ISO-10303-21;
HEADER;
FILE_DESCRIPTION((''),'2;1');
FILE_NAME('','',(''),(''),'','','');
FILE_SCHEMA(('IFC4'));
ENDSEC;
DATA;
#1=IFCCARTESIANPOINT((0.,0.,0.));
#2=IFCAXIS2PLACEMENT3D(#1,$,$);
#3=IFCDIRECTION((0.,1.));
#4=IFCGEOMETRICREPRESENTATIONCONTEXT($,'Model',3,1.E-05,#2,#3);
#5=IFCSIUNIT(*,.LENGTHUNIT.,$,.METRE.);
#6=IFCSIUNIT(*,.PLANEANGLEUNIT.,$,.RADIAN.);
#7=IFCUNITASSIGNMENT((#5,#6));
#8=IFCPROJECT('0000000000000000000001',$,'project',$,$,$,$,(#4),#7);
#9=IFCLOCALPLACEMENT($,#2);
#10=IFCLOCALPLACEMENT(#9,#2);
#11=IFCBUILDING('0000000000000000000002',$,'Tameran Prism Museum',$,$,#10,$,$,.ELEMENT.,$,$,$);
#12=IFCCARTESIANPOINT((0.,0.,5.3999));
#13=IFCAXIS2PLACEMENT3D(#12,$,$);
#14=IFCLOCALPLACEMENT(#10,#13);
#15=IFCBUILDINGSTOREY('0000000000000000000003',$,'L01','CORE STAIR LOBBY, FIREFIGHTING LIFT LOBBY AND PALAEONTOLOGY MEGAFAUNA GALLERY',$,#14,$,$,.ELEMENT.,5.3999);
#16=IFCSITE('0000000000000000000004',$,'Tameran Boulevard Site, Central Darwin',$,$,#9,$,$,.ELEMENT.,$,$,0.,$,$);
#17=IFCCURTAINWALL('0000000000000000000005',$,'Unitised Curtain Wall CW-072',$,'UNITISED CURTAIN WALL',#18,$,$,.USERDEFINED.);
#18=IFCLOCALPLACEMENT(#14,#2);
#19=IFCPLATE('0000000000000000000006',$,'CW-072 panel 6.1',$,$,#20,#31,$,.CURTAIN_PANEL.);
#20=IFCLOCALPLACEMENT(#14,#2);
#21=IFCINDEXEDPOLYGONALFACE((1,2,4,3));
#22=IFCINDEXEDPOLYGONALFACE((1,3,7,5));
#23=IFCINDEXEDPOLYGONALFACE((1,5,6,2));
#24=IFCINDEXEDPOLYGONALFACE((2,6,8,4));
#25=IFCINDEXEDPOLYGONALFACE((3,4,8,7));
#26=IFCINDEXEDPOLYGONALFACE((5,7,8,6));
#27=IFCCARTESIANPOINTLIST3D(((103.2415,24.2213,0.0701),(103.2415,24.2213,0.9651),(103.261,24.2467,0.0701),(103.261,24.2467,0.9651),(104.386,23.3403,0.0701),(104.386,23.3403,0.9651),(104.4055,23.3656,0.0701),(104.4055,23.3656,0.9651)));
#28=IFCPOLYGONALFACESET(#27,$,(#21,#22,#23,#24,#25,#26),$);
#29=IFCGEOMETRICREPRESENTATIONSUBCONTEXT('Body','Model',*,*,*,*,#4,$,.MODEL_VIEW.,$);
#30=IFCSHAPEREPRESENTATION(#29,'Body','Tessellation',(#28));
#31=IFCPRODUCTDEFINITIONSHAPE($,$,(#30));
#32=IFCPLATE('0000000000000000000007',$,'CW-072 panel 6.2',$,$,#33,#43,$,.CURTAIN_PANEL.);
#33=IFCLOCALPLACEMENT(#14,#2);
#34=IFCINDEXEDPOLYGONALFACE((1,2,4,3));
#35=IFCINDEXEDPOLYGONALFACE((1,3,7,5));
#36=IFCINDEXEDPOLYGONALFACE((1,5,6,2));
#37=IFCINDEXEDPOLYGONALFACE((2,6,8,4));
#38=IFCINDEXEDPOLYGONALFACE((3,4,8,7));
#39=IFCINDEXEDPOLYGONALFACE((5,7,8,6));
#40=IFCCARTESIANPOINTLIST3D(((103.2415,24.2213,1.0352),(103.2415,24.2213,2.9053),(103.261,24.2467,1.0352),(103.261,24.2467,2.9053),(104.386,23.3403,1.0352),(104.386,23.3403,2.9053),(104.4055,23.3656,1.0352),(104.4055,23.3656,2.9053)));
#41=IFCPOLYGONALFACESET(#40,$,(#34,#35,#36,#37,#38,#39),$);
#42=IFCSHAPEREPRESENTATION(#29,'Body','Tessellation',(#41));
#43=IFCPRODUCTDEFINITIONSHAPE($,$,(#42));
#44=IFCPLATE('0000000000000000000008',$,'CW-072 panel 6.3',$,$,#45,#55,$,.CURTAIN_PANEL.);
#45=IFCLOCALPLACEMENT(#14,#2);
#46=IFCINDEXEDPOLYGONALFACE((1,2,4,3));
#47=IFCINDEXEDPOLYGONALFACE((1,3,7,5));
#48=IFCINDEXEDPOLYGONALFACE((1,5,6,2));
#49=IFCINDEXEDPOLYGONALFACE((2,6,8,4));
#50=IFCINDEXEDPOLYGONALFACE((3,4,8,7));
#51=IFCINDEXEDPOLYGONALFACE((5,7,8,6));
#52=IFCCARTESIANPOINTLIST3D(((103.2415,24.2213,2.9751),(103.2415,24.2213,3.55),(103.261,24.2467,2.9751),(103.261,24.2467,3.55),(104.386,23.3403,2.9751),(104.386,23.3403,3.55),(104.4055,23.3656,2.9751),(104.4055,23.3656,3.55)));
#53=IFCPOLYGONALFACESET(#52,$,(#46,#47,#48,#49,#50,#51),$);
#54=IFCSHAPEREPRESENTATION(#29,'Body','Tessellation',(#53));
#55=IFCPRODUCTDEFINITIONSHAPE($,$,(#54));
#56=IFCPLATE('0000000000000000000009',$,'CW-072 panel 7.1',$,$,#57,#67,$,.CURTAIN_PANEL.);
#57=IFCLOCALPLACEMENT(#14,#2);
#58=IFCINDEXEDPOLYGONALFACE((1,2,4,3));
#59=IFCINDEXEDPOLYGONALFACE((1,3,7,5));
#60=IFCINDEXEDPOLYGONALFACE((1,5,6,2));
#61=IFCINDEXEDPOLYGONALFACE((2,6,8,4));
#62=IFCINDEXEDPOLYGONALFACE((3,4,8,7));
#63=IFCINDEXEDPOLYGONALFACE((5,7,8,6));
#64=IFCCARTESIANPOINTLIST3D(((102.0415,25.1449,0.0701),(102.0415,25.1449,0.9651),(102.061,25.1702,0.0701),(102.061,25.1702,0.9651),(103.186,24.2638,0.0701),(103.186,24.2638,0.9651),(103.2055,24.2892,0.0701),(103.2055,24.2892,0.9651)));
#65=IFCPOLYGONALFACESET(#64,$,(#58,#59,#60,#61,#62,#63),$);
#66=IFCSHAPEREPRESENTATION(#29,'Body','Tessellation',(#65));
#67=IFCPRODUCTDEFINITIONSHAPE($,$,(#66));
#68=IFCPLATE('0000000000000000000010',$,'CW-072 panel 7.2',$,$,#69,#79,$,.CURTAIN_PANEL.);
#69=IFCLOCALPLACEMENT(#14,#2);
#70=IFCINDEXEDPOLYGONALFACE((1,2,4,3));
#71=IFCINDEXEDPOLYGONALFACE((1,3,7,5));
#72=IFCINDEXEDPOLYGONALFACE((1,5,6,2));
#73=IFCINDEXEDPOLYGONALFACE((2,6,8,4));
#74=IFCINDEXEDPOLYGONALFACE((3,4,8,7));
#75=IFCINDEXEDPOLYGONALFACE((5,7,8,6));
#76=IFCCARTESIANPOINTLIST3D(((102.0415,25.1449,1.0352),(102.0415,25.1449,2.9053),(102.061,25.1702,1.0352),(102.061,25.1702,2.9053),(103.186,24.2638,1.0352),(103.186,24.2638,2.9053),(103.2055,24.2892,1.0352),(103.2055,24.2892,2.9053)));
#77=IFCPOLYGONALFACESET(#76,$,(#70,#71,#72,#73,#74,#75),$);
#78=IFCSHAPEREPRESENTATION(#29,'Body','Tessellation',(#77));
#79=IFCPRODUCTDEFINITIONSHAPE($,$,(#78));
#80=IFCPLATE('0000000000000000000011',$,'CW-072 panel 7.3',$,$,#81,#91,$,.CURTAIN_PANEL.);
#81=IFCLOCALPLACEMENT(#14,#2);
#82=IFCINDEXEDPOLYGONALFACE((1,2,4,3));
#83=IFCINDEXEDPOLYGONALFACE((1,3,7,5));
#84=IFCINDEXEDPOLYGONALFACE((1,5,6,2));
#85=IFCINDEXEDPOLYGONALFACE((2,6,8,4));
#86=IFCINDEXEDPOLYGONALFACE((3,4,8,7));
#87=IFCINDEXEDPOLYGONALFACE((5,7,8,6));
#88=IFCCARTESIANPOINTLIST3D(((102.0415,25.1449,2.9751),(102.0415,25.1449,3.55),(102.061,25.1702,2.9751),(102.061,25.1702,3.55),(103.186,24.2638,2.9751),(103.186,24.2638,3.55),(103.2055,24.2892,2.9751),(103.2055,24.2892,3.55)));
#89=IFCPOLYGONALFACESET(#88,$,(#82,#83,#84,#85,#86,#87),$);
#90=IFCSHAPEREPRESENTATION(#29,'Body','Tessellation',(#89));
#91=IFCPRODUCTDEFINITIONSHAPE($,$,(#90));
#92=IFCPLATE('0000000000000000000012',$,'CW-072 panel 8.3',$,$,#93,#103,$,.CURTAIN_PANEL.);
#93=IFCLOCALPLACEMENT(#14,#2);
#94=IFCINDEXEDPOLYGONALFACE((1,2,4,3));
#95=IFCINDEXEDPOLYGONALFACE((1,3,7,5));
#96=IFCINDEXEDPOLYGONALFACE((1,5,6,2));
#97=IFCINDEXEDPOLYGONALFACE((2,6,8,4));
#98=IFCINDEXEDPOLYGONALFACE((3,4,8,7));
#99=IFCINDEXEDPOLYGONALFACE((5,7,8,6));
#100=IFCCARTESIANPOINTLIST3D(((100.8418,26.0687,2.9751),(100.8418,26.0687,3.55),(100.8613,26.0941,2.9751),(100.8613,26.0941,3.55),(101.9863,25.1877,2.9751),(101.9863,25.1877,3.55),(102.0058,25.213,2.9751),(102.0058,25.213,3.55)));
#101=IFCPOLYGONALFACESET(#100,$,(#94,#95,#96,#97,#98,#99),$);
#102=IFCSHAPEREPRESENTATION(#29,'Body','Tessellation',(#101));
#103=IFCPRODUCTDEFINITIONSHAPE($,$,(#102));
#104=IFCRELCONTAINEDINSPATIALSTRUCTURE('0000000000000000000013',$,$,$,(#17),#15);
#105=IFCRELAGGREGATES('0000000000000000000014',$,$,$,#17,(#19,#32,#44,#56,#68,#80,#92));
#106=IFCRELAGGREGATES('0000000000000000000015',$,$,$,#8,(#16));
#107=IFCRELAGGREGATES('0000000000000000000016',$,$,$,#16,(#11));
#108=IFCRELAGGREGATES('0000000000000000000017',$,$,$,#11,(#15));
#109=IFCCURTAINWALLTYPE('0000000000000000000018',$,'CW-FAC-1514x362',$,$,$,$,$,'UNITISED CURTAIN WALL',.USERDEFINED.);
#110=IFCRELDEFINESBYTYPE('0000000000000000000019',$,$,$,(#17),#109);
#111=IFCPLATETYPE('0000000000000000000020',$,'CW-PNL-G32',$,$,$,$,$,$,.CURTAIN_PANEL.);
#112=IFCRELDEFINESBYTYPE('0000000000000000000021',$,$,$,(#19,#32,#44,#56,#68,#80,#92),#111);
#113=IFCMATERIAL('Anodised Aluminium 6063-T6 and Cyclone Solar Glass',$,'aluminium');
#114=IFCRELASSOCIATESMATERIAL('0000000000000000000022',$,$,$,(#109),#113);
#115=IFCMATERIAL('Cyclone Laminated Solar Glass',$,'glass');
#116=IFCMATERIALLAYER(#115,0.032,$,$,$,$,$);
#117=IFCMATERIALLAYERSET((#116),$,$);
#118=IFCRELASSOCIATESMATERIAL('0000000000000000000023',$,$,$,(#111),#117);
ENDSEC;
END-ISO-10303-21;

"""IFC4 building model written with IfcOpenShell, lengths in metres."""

from ifc_helpers import new_model, si_unit, direction, frame, origin, origin_2d, place, context, subcontext, project, spatial, rectangle, extrude, material, layer, layer_set, type_object, element, aggregate, save


model = new_model("IFC4")

# Units and contexts
model_context = context("Model", 3, precision=1e-05, world=origin(), true_north=direction((0.0, 1.0)))
body_context = subcontext(model_context, "Body", "Model", "MODEL_VIEW")
ifc_project = project(units=[si_unit("LENGTHUNIT", "METRE"), si_unit("PLANEANGLEUNIT", "RADIAN")], contexts=[model_context])

# Site, building, storey
site_placement = place(None, origin())
site = spatial("IfcSite", under=ifc_project, at=site_placement, Name="Tameran Boulevard Site, Central Darwin", CompositionType="ELEMENT", RefElevation=0.0)
building_placement = place(site_placement, origin())
building = spatial("IfcBuilding", under=site, at=building_placement, Name="Tameran Prism Museum", CompositionType="ELEMENT")
storey_placement = place(building_placement, frame((0.0, 0.0, 5.3999)))
storey = spatial("IfcBuildingStorey", under=building, at=storey_placement, Name="L01", Description="CORE STAIR LOBBY, FIREFIGHTING LIFT LOBBY AND PALAEONTOLOGY MEGAFAUNA GALLERY", CompositionType="ELEMENT", Elevation=5.3999)

# Curtain wall, plates
ifc_material_1 = material(Name="Anodised Aluminium 6063-T6 and Cyclone Solar Glass", Category="aluminium")
curtain_wall_type = type_object("IfcCurtainWallType", Name="CW-FAC-1514x362", ElementType="UNITISED CURTAIN WALL", PredefinedType="USERDEFINED", material=ifc_material_1)
curtain_wall_placement = place(storey_placement, origin())
curtain_wall = element("IfcCurtainWall", 1, at=curtain_wall_placement, inside=storey, type_object=curtain_wall_type, Name="Unitised Curtain Wall CW-072", ObjectType="UNITISED CURTAIN WALL", PredefinedType="USERDEFINED")
ifc_material_2 = material(Name="Cyclone Laminated Solar Glass", Category="glass")
ifc_layer = layer(ifc_material_2, 0.032)
ifc_layer_set = layer_set([ifc_layer])
plate_type = type_object("IfcPlateType", Name="CW-PNL-G32", PredefinedType="CURTAIN_PANEL", material=ifc_layer_set)
plate_1_placement = place(storey_placement, frame((103.8235, 23.7935, 0.0701), z_axis=(0.0, 0.0, 1.0), x_axis=(-0.792401, 0.610001, 0.0)))
plate_1 = element("IfcPlate", 2, at=plate_1_placement, type_object=plate_type, Name="CW-072 panel 6.1", PredefinedType="CURTAIN_PANEL", context=body_context, shape_type="SweptSolid", body=[
    extrude(rectangle(XDim=1.4443, YDim=0.032, at=origin_2d()), origin(), (0.0, 0.0, 1.0), 0.895),
])
plate_2_placement = place(storey_placement, frame((103.8235, 23.7935, 1.0352), z_axis=(0.0, 0.0, 1.0), x_axis=(-0.792401, 0.610001, 0.0)))
plate_2 = element("IfcPlate", 3, at=plate_2_placement, type_object=plate_type, Name="CW-072 panel 6.2", PredefinedType="CURTAIN_PANEL", context=body_context, shape_type="SweptSolid", body=[
    extrude(rectangle(XDim=1.4443, YDim=0.032, at=origin_2d()), origin(), (0.0, 0.0, 1.0), 1.8701),
])
plate_3_placement = place(storey_placement, frame((103.8235, 23.7935, 2.9751), z_axis=(0.0, 0.0, 1.0), x_axis=(-0.792401, 0.610001, 0.0)))
plate_3 = element("IfcPlate", 4, at=plate_3_placement, type_object=plate_type, Name="CW-072 panel 6.3", PredefinedType="CURTAIN_PANEL", context=body_context, shape_type="SweptSolid", body=[
    extrude(rectangle(XDim=1.4443, YDim=0.032, at=origin_2d()), origin(), (0.0, 0.0, 1.0), 0.575),
])
plate_4_placement = place(storey_placement, frame((102.6235, 24.717, 0.0701), z_axis=(0.0, 0.0, 1.0), x_axis=(-0.792401, 0.610001, 0.0)))
plate_4 = element("IfcPlate", 5, at=plate_4_placement, type_object=plate_type, Name="CW-072 panel 7.1", PredefinedType="CURTAIN_PANEL", context=body_context, shape_type="SweptSolid", body=[
    extrude(rectangle(XDim=1.4443, YDim=0.032, at=origin_2d()), origin(), (0.0, 0.0, 1.0), 0.895),
])
plate_5_placement = place(storey_placement, frame((102.6235, 24.717, 1.0352), z_axis=(0.0, 0.0, 1.0), x_axis=(-0.792401, 0.610001, 0.0)))
plate_5 = element("IfcPlate", 6, at=plate_5_placement, type_object=plate_type, Name="CW-072 panel 7.2", PredefinedType="CURTAIN_PANEL", context=body_context, shape_type="SweptSolid", body=[
    extrude(rectangle(XDim=1.4443, YDim=0.032, at=origin_2d()), origin(), (0.0, 0.0, 1.0), 1.8701),
])
plate_6_placement = place(storey_placement, frame((102.6235, 24.717, 2.9751), z_axis=(0.0, 0.0, 1.0), x_axis=(-0.792401, 0.610001, 0.0)))
plate_6 = element("IfcPlate", 7, at=plate_6_placement, type_object=plate_type, Name="CW-072 panel 7.3", PredefinedType="CURTAIN_PANEL", context=body_context, shape_type="SweptSolid", body=[
    extrude(rectangle(XDim=1.4443, YDim=0.032, at=origin_2d()), origin(), (0.0, 0.0, 1.0), 0.575),
])
plate_7_placement = place(storey_placement, frame((101.4238, 25.6409, 2.9751), z_axis=(0.0, 0.0, 1.0), x_axis=(-0.792401, 0.610001, 0.0)))
plate_7 = element("IfcPlate", 8, at=plate_7_placement, type_object=plate_type, Name="CW-072 panel 8.3", PredefinedType="CURTAIN_PANEL", context=body_context, shape_type="SweptSolid", body=[
    extrude(rectangle(XDim=1.4443, YDim=0.032, at=origin_2d()), origin(), (0.0, 0.0, 1.0), 0.575),
])
aggregate(curtain_wall, [plate_1, plate_2, plate_3, plate_4, plate_5, plate_6, plate_7])

save(model, "model.ifc")
